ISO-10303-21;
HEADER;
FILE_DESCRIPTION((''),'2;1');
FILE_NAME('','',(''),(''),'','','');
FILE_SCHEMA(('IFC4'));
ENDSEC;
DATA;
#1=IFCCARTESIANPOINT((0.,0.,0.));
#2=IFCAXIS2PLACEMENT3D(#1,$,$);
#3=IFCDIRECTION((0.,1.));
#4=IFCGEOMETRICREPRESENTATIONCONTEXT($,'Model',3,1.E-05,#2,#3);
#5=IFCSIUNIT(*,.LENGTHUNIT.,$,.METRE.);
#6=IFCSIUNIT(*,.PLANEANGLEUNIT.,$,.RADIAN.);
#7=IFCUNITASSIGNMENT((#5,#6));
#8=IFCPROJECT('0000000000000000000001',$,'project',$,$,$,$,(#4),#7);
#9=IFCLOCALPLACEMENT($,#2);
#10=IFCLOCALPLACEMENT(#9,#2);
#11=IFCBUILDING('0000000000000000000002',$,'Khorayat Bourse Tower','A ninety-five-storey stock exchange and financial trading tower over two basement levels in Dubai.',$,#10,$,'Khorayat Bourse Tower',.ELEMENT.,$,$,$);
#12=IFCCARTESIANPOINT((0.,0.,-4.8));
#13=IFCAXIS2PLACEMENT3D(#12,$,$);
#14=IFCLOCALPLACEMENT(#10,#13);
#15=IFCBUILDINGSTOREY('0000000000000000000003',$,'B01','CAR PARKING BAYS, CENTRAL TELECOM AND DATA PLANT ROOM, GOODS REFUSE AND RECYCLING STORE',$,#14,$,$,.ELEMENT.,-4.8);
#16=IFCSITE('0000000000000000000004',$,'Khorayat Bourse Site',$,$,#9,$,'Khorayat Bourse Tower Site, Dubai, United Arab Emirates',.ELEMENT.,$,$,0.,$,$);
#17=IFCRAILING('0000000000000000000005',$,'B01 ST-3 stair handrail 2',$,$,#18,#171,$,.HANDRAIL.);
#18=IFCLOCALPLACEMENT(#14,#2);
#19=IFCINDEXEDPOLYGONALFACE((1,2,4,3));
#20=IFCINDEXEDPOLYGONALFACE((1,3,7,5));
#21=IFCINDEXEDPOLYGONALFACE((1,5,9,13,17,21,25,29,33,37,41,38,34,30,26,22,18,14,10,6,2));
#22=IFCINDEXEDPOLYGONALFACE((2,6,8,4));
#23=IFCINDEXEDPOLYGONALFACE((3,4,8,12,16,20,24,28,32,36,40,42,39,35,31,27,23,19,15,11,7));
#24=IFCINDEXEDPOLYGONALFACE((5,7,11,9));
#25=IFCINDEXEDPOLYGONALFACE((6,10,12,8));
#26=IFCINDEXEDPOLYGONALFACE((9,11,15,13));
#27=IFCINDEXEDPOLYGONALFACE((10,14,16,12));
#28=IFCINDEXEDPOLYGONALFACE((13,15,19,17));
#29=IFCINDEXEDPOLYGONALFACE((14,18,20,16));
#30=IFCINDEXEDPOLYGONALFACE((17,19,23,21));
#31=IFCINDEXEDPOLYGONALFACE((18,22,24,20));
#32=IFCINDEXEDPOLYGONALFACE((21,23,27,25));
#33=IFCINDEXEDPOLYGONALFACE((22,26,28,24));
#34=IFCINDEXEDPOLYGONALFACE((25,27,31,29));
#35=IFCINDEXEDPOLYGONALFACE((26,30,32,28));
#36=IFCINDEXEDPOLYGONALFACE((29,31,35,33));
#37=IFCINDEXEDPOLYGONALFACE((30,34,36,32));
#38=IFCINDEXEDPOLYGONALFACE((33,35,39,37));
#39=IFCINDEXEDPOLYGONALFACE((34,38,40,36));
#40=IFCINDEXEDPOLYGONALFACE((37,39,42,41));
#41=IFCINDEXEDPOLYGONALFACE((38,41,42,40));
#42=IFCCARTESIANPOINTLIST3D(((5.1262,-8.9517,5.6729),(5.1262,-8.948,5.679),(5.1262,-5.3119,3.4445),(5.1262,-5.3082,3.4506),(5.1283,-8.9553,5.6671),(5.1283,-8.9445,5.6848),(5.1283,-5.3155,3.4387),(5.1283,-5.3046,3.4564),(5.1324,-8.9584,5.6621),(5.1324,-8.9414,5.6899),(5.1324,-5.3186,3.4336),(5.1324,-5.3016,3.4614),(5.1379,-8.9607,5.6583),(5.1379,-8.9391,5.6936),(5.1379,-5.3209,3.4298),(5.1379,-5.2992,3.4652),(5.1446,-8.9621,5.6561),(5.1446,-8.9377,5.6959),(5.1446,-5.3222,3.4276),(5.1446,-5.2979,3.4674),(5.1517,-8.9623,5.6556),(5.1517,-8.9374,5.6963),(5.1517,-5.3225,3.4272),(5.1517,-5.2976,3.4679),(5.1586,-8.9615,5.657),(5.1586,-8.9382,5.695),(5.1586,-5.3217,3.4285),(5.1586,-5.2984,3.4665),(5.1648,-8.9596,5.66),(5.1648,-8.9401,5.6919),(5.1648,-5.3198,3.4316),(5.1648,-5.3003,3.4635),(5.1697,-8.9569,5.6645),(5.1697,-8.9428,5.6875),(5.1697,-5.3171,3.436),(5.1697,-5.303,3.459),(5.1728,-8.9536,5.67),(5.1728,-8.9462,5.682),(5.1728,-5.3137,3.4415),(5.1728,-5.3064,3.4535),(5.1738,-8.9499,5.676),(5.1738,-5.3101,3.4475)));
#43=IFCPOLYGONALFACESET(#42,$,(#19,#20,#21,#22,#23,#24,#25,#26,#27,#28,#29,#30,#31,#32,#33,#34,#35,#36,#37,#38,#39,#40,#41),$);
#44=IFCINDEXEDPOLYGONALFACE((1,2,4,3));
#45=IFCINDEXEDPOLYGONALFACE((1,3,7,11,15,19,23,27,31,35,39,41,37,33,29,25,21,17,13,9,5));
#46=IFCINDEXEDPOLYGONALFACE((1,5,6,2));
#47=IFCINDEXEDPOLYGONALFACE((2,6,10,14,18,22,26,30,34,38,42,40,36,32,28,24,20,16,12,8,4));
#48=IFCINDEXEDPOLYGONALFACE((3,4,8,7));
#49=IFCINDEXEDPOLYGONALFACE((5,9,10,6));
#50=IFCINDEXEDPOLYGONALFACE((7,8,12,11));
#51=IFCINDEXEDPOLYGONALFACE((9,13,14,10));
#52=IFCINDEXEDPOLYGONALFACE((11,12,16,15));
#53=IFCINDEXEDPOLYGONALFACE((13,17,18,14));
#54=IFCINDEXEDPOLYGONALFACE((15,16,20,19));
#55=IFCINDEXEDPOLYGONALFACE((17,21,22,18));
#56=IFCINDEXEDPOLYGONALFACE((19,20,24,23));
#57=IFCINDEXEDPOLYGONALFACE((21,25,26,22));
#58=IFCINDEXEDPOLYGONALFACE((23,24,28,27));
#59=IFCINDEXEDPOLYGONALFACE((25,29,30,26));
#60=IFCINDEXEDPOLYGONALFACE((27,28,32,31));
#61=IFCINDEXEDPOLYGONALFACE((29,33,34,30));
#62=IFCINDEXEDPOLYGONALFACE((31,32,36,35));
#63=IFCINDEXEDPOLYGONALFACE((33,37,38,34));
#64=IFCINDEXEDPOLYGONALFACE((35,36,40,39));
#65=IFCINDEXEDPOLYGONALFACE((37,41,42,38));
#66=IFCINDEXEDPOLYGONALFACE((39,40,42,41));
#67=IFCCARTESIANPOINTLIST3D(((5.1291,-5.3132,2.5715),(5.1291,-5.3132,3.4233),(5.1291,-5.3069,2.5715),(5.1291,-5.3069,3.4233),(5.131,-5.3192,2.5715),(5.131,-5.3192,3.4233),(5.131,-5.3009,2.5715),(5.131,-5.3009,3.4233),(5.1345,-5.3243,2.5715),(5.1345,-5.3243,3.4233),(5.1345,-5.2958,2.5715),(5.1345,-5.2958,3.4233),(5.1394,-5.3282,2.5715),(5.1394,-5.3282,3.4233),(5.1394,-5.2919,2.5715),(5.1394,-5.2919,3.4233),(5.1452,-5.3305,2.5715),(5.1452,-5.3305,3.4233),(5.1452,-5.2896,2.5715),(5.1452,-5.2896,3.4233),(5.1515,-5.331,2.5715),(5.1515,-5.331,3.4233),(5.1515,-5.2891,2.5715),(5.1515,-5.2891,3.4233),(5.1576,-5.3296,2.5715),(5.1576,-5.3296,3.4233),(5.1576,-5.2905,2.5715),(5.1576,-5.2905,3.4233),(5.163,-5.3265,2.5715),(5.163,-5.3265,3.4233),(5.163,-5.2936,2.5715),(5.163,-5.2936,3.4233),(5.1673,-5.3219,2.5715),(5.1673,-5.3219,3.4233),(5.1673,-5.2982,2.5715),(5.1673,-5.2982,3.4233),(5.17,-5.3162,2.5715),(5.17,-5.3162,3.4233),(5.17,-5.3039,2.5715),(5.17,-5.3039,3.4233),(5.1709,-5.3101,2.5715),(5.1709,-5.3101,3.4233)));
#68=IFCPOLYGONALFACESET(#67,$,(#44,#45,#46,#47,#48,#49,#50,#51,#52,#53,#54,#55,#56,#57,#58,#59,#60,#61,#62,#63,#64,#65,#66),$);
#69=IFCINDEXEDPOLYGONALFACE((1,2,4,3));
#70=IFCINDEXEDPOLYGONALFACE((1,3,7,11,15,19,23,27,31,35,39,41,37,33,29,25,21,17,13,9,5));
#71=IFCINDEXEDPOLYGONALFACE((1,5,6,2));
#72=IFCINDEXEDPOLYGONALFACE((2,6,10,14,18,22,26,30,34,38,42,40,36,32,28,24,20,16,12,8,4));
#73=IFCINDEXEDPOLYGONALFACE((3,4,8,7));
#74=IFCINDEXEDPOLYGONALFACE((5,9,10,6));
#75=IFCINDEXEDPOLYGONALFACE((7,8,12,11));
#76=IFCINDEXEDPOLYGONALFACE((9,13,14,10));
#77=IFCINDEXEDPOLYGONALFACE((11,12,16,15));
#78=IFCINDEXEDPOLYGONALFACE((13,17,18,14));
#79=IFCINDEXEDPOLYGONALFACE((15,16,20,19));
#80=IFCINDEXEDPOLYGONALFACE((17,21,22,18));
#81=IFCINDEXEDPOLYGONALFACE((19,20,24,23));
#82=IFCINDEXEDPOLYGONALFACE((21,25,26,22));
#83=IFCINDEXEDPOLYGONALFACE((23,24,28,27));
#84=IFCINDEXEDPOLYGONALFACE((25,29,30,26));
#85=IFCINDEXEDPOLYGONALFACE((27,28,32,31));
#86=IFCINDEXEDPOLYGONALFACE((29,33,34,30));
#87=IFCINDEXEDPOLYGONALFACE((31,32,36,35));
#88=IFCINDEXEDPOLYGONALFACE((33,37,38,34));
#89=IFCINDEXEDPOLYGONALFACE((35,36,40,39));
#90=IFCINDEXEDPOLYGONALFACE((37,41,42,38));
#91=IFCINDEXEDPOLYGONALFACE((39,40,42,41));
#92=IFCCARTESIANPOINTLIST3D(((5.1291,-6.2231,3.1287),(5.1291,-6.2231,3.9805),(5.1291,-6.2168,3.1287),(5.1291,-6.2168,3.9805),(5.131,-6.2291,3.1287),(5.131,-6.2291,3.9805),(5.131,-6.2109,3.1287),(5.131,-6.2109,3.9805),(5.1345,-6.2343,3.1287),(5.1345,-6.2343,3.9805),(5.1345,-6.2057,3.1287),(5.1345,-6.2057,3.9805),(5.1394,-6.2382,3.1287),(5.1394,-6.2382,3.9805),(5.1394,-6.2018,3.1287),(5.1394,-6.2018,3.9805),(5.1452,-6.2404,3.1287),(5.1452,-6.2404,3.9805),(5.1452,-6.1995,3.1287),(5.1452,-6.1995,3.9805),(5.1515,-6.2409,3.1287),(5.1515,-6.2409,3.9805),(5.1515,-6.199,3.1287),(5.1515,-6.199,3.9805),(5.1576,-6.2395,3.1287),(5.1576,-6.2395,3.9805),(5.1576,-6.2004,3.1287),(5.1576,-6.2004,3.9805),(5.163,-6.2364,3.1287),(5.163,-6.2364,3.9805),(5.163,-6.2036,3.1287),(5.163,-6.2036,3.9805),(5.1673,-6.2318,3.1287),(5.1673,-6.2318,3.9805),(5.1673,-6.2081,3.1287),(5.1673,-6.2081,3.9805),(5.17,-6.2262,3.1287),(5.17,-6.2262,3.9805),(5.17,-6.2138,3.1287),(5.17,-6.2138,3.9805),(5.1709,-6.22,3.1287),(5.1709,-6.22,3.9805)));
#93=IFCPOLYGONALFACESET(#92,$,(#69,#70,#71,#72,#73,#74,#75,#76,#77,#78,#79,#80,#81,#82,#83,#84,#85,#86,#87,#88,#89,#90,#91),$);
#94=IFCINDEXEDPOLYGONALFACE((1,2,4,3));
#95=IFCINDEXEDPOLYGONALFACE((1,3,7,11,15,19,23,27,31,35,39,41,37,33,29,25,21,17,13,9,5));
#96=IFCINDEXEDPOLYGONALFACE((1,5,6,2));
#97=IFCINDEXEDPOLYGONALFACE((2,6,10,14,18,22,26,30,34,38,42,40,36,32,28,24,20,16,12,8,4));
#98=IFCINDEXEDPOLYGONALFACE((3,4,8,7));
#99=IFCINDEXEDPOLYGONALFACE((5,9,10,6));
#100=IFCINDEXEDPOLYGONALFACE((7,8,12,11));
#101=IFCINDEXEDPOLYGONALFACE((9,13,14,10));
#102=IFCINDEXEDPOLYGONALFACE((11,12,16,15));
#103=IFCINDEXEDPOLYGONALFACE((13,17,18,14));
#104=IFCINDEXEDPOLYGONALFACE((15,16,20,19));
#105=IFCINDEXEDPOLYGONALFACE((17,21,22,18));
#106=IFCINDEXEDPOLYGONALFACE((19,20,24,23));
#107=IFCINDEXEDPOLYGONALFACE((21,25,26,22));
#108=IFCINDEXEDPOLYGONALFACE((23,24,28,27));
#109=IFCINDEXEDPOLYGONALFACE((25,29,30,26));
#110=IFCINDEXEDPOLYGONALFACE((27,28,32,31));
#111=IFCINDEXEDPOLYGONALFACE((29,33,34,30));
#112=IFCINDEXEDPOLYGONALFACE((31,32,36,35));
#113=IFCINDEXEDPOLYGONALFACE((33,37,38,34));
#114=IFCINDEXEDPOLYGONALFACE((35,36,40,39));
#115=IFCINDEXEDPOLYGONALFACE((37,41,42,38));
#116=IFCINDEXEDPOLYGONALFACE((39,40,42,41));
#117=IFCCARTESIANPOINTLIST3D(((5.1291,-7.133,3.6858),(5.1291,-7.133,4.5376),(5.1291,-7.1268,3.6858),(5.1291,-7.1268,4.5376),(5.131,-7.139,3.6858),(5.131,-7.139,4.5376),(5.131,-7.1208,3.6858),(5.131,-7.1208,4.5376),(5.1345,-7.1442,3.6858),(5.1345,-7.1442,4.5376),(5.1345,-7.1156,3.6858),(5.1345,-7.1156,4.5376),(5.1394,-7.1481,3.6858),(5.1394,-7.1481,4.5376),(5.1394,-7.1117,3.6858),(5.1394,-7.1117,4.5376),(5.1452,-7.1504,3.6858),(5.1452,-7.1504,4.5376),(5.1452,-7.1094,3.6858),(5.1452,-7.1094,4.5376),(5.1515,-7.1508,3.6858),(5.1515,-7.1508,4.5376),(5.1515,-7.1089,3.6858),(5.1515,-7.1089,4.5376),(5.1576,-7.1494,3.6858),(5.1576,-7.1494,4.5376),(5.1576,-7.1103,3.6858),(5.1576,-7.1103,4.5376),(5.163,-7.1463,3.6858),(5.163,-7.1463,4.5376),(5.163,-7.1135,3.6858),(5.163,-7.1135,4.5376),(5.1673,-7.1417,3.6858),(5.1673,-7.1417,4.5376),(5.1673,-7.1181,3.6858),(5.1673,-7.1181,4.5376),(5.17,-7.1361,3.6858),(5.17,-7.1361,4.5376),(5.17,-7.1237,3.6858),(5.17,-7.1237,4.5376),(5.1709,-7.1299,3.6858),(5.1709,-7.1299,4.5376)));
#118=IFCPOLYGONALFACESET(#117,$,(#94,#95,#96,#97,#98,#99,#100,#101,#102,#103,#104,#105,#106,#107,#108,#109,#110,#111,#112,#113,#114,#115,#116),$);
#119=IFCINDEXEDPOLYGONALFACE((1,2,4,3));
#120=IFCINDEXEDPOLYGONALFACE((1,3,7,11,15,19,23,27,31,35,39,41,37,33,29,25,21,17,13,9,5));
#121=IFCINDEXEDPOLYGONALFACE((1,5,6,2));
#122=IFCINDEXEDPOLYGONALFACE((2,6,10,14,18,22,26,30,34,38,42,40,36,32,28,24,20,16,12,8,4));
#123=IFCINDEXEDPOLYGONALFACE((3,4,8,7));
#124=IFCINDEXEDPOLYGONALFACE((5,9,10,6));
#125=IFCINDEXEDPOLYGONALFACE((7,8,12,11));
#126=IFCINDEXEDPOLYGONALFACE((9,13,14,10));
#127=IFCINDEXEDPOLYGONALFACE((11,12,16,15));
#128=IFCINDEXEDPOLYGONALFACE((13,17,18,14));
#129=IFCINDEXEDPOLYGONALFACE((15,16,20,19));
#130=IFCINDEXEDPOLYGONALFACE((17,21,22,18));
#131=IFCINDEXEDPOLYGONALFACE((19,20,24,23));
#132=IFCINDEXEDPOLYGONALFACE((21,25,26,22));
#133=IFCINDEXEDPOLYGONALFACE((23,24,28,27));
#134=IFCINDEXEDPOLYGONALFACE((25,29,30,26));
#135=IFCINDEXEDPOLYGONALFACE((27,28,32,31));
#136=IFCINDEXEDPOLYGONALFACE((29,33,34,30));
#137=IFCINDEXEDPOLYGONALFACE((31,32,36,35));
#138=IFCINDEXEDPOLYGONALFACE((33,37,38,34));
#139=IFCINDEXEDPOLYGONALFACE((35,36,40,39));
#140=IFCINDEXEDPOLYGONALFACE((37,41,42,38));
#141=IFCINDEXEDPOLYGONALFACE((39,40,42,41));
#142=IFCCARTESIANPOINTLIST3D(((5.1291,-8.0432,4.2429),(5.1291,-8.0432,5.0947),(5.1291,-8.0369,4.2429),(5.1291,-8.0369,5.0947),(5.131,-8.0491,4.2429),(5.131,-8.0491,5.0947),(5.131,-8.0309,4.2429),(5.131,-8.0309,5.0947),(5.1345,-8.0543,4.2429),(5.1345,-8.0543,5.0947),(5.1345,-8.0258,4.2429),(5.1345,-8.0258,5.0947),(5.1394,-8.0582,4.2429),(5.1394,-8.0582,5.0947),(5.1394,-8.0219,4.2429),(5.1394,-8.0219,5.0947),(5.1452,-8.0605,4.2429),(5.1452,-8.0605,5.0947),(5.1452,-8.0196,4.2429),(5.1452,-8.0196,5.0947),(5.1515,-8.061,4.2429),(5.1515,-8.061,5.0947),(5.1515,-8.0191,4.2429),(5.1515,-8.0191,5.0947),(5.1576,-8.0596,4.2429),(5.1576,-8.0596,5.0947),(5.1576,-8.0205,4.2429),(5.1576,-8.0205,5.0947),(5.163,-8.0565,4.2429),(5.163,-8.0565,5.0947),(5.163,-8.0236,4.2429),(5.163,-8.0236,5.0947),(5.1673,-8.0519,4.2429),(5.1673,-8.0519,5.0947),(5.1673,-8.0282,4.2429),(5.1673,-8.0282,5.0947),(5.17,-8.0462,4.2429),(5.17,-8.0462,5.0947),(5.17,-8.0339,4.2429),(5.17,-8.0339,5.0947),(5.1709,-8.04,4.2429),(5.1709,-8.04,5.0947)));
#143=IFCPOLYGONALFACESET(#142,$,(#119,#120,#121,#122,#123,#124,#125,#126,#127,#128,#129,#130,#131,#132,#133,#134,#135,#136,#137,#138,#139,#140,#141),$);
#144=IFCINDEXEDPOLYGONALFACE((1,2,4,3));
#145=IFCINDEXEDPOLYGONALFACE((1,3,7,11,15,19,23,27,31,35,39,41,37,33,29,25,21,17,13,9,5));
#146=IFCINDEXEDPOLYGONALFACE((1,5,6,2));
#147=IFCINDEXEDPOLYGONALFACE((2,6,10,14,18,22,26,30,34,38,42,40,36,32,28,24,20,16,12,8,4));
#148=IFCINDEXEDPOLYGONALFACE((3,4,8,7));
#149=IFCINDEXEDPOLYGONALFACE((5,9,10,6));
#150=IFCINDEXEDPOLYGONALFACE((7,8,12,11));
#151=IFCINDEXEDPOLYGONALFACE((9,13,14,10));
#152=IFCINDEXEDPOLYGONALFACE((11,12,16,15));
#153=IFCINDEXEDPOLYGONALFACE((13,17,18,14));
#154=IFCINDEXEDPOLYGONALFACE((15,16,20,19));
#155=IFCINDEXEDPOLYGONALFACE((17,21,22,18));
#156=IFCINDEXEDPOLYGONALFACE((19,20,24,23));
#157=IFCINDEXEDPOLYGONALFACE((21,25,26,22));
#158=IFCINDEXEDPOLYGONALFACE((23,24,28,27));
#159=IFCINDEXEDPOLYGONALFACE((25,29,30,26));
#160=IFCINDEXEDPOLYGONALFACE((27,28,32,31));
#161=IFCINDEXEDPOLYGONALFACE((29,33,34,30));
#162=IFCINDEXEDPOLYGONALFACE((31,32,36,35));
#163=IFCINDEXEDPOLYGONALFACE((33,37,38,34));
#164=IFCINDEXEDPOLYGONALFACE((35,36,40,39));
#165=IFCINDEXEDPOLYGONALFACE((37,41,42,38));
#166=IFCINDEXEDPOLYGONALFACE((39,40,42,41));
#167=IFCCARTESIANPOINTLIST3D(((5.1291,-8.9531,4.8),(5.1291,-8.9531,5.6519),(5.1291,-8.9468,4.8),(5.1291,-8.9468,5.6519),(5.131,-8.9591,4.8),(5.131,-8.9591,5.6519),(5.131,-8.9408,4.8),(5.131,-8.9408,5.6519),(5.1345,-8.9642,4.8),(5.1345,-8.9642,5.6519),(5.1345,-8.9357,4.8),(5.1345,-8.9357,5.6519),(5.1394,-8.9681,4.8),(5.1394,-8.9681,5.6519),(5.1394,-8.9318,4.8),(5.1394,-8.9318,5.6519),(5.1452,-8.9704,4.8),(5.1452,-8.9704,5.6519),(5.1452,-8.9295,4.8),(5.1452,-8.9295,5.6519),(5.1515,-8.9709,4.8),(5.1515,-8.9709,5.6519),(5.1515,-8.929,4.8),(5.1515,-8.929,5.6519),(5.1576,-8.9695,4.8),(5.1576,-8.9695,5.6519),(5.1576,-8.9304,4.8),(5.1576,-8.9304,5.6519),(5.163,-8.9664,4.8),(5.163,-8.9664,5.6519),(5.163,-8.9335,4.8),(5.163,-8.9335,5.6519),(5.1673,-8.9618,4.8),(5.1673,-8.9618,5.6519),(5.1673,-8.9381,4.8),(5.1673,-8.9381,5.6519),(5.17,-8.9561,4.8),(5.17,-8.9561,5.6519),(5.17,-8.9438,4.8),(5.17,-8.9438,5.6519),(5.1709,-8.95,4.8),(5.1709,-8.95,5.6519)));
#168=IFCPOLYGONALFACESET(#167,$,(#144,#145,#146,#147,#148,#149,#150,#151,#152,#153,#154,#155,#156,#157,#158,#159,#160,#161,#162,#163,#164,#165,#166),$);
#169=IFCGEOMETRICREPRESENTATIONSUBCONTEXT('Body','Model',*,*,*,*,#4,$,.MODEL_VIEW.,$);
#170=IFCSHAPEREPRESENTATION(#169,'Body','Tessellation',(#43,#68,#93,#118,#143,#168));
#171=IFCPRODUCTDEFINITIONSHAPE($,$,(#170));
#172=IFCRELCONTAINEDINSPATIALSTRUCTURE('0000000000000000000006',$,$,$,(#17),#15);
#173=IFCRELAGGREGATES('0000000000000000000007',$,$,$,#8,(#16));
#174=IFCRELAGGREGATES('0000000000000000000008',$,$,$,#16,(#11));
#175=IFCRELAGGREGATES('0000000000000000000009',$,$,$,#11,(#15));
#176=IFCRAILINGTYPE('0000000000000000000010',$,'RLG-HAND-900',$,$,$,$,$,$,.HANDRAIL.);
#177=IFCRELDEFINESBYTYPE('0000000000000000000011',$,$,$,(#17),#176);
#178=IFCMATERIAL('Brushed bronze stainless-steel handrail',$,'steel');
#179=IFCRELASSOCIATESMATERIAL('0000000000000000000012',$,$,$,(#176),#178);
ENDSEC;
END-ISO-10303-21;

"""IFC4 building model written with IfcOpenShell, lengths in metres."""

from ifc_helpers import new_model, si_unit, direction, frame, origin, origin_2d, place, context, subcontext, project, spatial, circle, extrude, source, transform, mapped, material, type_object, element, save


model = new_model("IFC4")

# Units and contexts
model_context = context("Model", 3, precision=1e-05, world=origin(), true_north=direction((0.0, 1.0)))
body_context = subcontext(model_context, "Body", "Model", "MODEL_VIEW")
ifc_project = project(units=[si_unit("LENGTHUNIT", "METRE"), si_unit("PLANEANGLEUNIT", "RADIAN")], contexts=[model_context])

# Site, building, storey
site_placement = place(None, origin())
site = spatial("IfcSite", under=ifc_project, at=site_placement, Name="Khorayat Bourse Site", LongName="Khorayat Bourse Tower Site, Dubai, United Arab Emirates", CompositionType="ELEMENT", RefElevation=0.0)
building_placement = place(site_placement, origin())
building = spatial("IfcBuilding", under=site, at=building_placement, Name="Khorayat Bourse Tower", Description="A ninety-five-storey stock exchange and financial trading tower over two basement levels in Dubai.", LongName="Khorayat Bourse Tower", CompositionType="ELEMENT")
storey_placement = place(building_placement, frame((0.0, 0.0, -4.8)))
storey = spatial("IfcBuildingStorey", under=building, at=storey_placement, Name="B01", Description="CAR PARKING BAYS, CENTRAL TELECOM AND DATA PLANT ROOM, GOODS REFUSE AND RECYCLING STORE", CompositionType="ELEMENT", Elevation=-4.8)

# Railing
ifc_material_1 = material(Name="Brushed bronze stainless-steel handrail", Category="steel")
railing_type_1 = type_object("IfcRailingType", Name="RLG-HAND-900", PredefinedType="HANDRAIL", material=ifc_material_1)
shared_shape_1 = source(origin(), body_context, "Body", "SweptSolid", [
    extrude(circle(Radius=0.0239, at=origin_2d()), frame((0.0, 0.0, 0.876), z_axis=(0.0, -0.85285, 0.522156), x_axis=(1.0, 0.0, 0.0)), (0.0, 0.0, 1.0), 4.2678),
    extrude(circle(Radius=0.021, at=origin_2d()), origin(), (0.0, 0.0, 1.0), 0.8518),
    extrude(circle(Radius=0.021, at=origin_2d()), frame((0.0, -0.9099, 0.5571)), (0.0, 0.0, 1.0), 0.8518),
    extrude(circle(Radius=0.021, at=origin_2d()), frame((0.0, -1.8198, 1.1143)), (0.0, 0.0, 1.0), 0.8518),
    extrude(circle(Radius=0.021, at=origin_2d()), frame((0.0, -2.73, 1.6714)), (0.0, 0.0, 1.0), 0.8518),
    extrude(circle(Radius=0.021, at=origin_2d()), frame((0.0, -3.6399, 2.2285)), (0.0, 0.0, 1.0), 0.8518),
])
railing_1_placement = place(storey_placement, frame((5.1499, -5.3101, 2.5715)))
element("IfcRailing", 1, at=railing_1_placement, inside=storey, type_object=railing_type_1, Name="B01 ST-3 stair handrail 2", PredefinedType="HANDRAIL", context=body_context, shape_type="MappedRepresentation", body=[
    mapped(shared_shape_1, transform((0.0, 0.0, 0.0), scale=1.0)),
])

save(model, "model.ifc")
